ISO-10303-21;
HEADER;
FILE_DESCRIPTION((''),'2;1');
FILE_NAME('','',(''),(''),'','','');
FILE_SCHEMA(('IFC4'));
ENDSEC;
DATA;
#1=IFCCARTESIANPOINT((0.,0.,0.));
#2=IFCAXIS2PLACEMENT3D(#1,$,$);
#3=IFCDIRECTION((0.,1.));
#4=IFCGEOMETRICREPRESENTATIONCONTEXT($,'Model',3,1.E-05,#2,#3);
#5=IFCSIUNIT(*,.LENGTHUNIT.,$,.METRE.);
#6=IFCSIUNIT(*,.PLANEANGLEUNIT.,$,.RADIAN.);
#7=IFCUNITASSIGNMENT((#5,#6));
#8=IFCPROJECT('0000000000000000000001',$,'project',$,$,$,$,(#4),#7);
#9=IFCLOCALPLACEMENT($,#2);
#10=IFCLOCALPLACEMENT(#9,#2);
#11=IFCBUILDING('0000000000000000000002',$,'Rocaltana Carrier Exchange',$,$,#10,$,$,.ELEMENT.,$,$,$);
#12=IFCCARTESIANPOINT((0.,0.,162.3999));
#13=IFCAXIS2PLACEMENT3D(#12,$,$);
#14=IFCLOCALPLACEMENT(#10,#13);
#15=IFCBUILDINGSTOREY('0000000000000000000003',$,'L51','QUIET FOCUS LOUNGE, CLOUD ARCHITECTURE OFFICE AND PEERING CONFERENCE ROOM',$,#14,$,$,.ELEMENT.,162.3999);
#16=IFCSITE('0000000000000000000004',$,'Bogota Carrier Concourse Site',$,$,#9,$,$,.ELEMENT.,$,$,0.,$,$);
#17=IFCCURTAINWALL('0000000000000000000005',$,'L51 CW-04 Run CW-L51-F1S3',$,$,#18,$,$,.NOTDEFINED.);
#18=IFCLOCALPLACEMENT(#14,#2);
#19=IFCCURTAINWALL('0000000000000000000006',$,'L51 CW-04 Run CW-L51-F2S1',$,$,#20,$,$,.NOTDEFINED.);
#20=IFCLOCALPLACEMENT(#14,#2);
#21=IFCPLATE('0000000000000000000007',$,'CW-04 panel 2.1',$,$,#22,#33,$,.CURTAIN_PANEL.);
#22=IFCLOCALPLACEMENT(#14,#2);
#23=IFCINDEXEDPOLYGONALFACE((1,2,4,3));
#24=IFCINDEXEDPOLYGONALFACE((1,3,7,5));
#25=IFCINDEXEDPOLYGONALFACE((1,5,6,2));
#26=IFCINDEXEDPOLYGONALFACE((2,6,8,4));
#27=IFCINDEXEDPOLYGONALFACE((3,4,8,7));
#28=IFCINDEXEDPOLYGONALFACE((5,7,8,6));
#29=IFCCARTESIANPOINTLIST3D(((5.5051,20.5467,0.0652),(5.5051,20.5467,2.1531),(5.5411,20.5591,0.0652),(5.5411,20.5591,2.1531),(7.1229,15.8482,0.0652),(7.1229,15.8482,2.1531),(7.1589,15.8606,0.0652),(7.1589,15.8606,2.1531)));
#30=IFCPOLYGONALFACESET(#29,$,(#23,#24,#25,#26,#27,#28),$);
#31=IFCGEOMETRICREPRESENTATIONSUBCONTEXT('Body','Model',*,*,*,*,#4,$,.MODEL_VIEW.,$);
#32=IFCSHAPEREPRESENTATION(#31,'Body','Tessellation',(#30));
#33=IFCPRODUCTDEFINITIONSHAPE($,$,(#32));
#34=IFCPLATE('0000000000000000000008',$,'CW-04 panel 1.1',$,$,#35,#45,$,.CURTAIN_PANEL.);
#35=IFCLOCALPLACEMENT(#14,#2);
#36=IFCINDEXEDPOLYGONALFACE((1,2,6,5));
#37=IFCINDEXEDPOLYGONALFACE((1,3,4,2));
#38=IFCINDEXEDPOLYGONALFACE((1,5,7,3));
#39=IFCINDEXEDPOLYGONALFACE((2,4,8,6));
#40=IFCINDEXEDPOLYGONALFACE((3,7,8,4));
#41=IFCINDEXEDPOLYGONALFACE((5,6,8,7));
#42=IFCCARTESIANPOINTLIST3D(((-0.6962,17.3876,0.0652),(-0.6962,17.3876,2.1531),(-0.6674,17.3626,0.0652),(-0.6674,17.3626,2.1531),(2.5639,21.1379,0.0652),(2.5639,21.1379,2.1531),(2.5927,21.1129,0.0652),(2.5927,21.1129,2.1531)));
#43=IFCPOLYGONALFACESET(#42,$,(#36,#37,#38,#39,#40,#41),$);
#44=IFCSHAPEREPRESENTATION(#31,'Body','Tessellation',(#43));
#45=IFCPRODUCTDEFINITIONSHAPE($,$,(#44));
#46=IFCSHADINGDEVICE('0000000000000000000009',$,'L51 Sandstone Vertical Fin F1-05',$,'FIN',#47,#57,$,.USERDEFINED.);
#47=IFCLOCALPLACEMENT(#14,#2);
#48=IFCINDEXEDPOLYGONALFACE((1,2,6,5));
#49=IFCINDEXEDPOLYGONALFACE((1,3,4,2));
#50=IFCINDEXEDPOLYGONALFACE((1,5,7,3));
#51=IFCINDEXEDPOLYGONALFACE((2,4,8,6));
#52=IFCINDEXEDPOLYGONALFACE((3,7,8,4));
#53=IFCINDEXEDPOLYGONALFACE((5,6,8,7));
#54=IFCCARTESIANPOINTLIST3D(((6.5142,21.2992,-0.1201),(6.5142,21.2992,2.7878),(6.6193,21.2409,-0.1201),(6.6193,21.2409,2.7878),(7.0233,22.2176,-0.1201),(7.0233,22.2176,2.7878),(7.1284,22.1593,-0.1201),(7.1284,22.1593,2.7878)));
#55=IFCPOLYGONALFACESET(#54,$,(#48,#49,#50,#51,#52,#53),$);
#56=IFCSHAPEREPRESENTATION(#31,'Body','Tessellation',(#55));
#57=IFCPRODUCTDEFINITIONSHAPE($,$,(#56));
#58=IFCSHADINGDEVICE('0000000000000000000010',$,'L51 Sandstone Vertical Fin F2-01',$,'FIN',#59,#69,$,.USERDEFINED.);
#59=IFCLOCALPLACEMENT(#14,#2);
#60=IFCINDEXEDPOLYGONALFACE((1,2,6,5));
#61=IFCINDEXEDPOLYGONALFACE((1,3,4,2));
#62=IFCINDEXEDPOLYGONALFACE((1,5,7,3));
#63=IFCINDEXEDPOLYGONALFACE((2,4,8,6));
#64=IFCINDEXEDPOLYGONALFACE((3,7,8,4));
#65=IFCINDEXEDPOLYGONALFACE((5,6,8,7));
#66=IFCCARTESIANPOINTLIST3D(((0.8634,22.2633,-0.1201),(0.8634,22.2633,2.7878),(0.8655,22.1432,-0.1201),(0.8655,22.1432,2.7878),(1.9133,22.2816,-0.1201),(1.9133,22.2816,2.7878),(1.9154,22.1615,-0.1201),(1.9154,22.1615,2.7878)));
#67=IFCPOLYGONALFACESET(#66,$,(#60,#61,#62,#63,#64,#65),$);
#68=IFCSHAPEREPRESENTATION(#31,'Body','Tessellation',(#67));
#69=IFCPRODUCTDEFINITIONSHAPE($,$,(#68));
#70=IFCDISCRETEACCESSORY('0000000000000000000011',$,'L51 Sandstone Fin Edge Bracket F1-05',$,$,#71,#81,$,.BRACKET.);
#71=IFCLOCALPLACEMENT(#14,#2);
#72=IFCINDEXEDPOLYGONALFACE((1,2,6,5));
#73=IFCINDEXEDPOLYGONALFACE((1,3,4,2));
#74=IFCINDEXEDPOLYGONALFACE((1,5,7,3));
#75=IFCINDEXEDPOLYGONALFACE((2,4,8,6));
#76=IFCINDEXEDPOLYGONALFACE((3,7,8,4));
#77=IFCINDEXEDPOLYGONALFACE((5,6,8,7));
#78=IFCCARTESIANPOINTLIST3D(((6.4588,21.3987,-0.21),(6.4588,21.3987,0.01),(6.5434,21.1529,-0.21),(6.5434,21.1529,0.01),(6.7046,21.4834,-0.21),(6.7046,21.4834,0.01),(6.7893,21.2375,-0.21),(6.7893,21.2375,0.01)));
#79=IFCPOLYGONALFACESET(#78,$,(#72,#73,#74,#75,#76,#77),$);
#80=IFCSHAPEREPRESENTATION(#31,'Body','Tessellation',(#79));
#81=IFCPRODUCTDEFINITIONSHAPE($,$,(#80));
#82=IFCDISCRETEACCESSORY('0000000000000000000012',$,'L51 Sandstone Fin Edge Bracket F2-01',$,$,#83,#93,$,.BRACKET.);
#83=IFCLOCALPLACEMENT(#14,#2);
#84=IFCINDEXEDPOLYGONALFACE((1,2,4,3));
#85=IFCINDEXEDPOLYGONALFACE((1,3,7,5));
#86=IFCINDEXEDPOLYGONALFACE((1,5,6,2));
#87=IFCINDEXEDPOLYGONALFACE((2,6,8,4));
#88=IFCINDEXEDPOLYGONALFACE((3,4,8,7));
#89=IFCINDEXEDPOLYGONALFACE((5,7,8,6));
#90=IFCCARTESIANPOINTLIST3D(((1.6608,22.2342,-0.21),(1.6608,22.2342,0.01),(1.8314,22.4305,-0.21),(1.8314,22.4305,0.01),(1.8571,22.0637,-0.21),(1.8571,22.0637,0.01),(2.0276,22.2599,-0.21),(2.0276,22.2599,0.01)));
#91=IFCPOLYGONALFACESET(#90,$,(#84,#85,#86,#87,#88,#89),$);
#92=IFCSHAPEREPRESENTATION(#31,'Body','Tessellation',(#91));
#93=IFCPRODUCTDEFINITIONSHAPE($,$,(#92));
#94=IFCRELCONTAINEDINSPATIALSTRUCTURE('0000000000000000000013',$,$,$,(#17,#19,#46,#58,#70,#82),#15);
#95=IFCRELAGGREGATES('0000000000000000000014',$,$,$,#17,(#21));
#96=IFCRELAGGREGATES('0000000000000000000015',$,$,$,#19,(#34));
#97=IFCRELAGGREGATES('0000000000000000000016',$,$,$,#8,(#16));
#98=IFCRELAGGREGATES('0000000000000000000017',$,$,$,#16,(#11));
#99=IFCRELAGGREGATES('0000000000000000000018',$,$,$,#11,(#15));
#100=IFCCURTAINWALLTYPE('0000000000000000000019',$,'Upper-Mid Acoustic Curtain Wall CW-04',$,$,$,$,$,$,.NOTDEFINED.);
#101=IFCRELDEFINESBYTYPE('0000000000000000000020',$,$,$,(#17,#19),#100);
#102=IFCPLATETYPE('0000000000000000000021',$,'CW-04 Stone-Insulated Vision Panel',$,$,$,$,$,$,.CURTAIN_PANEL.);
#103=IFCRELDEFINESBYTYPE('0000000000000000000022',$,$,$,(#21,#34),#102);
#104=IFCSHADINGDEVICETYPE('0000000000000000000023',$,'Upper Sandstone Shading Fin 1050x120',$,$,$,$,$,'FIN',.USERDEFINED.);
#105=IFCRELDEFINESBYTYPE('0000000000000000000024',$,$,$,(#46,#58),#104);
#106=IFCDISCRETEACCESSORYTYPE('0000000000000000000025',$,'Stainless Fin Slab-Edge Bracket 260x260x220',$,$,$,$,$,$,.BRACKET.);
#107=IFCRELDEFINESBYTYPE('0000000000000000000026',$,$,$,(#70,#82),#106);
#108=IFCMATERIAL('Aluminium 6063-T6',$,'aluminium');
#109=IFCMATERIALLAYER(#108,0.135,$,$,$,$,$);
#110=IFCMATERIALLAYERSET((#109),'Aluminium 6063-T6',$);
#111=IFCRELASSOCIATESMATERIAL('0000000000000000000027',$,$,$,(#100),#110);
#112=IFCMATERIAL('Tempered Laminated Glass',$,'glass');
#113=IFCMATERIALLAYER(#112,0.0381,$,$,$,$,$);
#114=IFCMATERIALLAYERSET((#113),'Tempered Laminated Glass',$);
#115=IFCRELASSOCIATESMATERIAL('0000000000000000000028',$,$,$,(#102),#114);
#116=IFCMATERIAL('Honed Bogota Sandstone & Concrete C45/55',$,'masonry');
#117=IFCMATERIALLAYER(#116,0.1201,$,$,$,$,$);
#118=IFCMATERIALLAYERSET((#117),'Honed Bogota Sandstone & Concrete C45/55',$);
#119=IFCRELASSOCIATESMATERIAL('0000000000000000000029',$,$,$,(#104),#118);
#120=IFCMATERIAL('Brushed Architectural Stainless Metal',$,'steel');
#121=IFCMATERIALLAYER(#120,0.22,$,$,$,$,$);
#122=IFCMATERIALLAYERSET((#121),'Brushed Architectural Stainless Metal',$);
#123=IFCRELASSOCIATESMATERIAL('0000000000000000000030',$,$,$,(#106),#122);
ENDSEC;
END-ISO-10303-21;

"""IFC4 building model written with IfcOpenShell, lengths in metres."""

from ifc_helpers import new_model, si_unit, direction, frame, origin, origin_2d, place, context, subcontext, project, spatial, rectangle, extrude, material, layer, layer_set, type_object, element, aggregate, save


model = new_model("IFC4")

# Units and contexts
model_context = context("Model", 3, precision=1e-05, world=origin(), true_north=direction((0.0, 1.0)))
body_context = subcontext(model_context, "Body", "Model", "MODEL_VIEW")
ifc_project = project(units=[si_unit("LENGTHUNIT", "METRE"), si_unit("PLANEANGLEUNIT", "RADIAN")], contexts=[model_context])

# Site, building, storey
site_placement = place(None, origin())
site = spatial("IfcSite", under=ifc_project, at=site_placement, Name="Bogota Carrier Concourse Site", CompositionType="ELEMENT", RefElevation=0.0)
building_placement = place(site_placement, origin())
building = spatial("IfcBuilding", under=site, at=building_placement, Name="Rocaltana Carrier Exchange", CompositionType="ELEMENT")
storey_placement = place(building_placement, frame((0.0, 0.0, 162.3999)))
storey = spatial("IfcBuildingStorey", under=building, at=storey_placement, Name="L51", Description="QUIET FOCUS LOUNGE, CLOUD ARCHITECTURE OFFICE AND PEERING CONFERENCE ROOM", CompositionType="ELEMENT", Elevation=162.3999)

# Curtain wall
ifc_material_1 = material(Name="Aluminium 6063-T6", Category="aluminium")
ifc_layer_1 = layer(ifc_material_1, 0.135)
ifc_layer_set_1 = layer_set([ifc_layer_1], Name="Aluminium 6063-T6")
curtain_wall_type = type_object("IfcCurtainWallType", Name="Upper-Mid Acoustic Curtain Wall CW-04", PredefinedType="NOTDEFINED", material=ifc_layer_set_1)
curtain_wall_1_placement = place(storey_placement, origin())
curtain_wall_1 = element("IfcCurtainWall", 1, at=curtain_wall_1_placement, inside=storey, type_object=curtain_wall_type, Name="L51 CW-04 Run CW-L51-F1S3", PredefinedType="NOTDEFINED")

# Curtain wall
curtain_wall_2_placement = place(storey_placement, origin())
curtain_wall_2 = element("IfcCurtainWall", 2, at=curtain_wall_2_placement, inside=storey, type_object=curtain_wall_type, Name="L51 CW-04 Run CW-L51-F2S1", PredefinedType="NOTDEFINED")

# Plates
ifc_material_2 = material(Name="Tempered Laminated Glass", Category="glass")
ifc_layer_2 = layer(ifc_material_2, 0.0381)
ifc_layer_set_2 = layer_set([ifc_layer_2], Name="Tempered Laminated Glass")
plate_type = type_object("IfcPlateType", Name="CW-04 Stone-Insulated Vision Panel", PredefinedType="CURTAIN_PANEL", material=ifc_layer_set_2)
plate_1_placement = place(storey_placement, frame((6.332, 18.2036, 0.0652), z_axis=(0.0, 0.0, 1.0), x_axis=(-0.325559, 0.945522, 0.0)))
plate_1 = element("IfcPlate", 3, at=plate_1_placement, type_object=plate_type, Name="CW-04 panel 2.1", PredefinedType="CURTAIN_PANEL", context=body_context, shape_type="SweptSolid", body=[
    extrude(rectangle(XDim=4.9692, YDim=0.0381, at=origin_2d()), origin(), (0.0, 0.0, 1.0), 2.0879),
])
aggregate(curtain_wall_1, [plate_1])
plate_2_placement = place(storey_placement, frame((0.9482, 19.2502, 0.0652), z_axis=(0.0, 0.0, 1.0), x_axis=(-0.656057, -0.754712, 0.0)))
plate_2 = element("IfcPlate", 4, at=plate_2_placement, type_object=plate_type, Name="CW-04 panel 1.1", PredefinedType="CURTAIN_PANEL", context=body_context, shape_type="SweptSolid", body=[
    extrude(rectangle(XDim=4.9692, YDim=0.0381, at=origin_2d()), origin(), (0.0, 0.0, 1.0), 2.0879),
])
aggregate(curtain_wall_2, [plate_2])

# Shading devices
ifc_material_3 = material(Name="Honed Bogota Sandstone & Concrete C45/55", Category="masonry")
ifc_layer_3 = layer(ifc_material_3, 0.1201)
ifc_layer_set_3 = layer_set([ifc_layer_3], Name="Honed Bogota Sandstone & Concrete C45/55")
shading_device_type = type_object("IfcShadingDeviceType", Name="Upper Sandstone Shading Fin 1050x120", ElementType="FIN", PredefinedType="USERDEFINED", material=ifc_layer_set_3)
for number, where, z_axis, x_axis, name in (
    (5, (6.8213, 21.7292, -0.1201), (0.0, 0.0, 1.0), (0.48481, 0.87462, 0.0), "L51 Sandstone Vertical Fin F1-05"),
    (6, (1.3894, 22.2124, -0.1201), (0.0, 0.0, 1.0), (-0.999848, -0.017452, 0.0), "L51 Sandstone Vertical Fin F2-01"),
):
    element("IfcShadingDevice", number, at=place(storey_placement, frame(where, z_axis=z_axis, x_axis=x_axis)), inside=storey, type_object=shading_device_type, Name=name, ObjectType="FIN", PredefinedType="USERDEFINED", context=body_context, shape_type="SweptSolid", body=[
        extrude(rectangle(XDim=1.05, YDim=0.1201, at=origin_2d()), origin(), (0.0, 0.0, 1.0), 2.908),
    ])

# Discrete accessories
ifc_material_4 = material(Name="Brushed Architectural Stainless Metal", Category="steel")
ifc_layer_4 = layer(ifc_material_4, 0.22)
ifc_layer_set_4 = layer_set([ifc_layer_4], Name="Brushed Architectural Stainless Metal")
discrete_accessory_type = type_object("IfcDiscreteAccessoryType", Name="Stainless Fin Slab-Edge Bracket 260x260x220", PredefinedType="BRACKET", material=ifc_layer_set_4)
for number, where, z_axis, x_axis, name in (
    (7, (6.624, 21.3181, -0.21), (0.0, 0.0, 1.0), (-0.325568, 0.945519, 0.0), "L51 Sandstone Fin Edge Bracket F1-05"),
    (8, (1.8442, 22.2471, -0.21), (0.0, 0.0, 1.0), (-0.656059, -0.75471, 0.0), "L51 Sandstone Fin Edge Bracket F2-01"),
):
    element("IfcDiscreteAccessory", number, at=place(storey_placement, frame(where, z_axis=z_axis, x_axis=x_axis)), inside=storey, type_object=discrete_accessory_type, Name=name, PredefinedType="BRACKET", context=body_context, shape_type="SweptSolid", body=[
        extrude(rectangle(XDim=0.26, YDim=0.26, at=origin_2d()), origin(), (0.0, 0.0, 1.0), 0.22),
    ])

save(model, "model.ifc")
